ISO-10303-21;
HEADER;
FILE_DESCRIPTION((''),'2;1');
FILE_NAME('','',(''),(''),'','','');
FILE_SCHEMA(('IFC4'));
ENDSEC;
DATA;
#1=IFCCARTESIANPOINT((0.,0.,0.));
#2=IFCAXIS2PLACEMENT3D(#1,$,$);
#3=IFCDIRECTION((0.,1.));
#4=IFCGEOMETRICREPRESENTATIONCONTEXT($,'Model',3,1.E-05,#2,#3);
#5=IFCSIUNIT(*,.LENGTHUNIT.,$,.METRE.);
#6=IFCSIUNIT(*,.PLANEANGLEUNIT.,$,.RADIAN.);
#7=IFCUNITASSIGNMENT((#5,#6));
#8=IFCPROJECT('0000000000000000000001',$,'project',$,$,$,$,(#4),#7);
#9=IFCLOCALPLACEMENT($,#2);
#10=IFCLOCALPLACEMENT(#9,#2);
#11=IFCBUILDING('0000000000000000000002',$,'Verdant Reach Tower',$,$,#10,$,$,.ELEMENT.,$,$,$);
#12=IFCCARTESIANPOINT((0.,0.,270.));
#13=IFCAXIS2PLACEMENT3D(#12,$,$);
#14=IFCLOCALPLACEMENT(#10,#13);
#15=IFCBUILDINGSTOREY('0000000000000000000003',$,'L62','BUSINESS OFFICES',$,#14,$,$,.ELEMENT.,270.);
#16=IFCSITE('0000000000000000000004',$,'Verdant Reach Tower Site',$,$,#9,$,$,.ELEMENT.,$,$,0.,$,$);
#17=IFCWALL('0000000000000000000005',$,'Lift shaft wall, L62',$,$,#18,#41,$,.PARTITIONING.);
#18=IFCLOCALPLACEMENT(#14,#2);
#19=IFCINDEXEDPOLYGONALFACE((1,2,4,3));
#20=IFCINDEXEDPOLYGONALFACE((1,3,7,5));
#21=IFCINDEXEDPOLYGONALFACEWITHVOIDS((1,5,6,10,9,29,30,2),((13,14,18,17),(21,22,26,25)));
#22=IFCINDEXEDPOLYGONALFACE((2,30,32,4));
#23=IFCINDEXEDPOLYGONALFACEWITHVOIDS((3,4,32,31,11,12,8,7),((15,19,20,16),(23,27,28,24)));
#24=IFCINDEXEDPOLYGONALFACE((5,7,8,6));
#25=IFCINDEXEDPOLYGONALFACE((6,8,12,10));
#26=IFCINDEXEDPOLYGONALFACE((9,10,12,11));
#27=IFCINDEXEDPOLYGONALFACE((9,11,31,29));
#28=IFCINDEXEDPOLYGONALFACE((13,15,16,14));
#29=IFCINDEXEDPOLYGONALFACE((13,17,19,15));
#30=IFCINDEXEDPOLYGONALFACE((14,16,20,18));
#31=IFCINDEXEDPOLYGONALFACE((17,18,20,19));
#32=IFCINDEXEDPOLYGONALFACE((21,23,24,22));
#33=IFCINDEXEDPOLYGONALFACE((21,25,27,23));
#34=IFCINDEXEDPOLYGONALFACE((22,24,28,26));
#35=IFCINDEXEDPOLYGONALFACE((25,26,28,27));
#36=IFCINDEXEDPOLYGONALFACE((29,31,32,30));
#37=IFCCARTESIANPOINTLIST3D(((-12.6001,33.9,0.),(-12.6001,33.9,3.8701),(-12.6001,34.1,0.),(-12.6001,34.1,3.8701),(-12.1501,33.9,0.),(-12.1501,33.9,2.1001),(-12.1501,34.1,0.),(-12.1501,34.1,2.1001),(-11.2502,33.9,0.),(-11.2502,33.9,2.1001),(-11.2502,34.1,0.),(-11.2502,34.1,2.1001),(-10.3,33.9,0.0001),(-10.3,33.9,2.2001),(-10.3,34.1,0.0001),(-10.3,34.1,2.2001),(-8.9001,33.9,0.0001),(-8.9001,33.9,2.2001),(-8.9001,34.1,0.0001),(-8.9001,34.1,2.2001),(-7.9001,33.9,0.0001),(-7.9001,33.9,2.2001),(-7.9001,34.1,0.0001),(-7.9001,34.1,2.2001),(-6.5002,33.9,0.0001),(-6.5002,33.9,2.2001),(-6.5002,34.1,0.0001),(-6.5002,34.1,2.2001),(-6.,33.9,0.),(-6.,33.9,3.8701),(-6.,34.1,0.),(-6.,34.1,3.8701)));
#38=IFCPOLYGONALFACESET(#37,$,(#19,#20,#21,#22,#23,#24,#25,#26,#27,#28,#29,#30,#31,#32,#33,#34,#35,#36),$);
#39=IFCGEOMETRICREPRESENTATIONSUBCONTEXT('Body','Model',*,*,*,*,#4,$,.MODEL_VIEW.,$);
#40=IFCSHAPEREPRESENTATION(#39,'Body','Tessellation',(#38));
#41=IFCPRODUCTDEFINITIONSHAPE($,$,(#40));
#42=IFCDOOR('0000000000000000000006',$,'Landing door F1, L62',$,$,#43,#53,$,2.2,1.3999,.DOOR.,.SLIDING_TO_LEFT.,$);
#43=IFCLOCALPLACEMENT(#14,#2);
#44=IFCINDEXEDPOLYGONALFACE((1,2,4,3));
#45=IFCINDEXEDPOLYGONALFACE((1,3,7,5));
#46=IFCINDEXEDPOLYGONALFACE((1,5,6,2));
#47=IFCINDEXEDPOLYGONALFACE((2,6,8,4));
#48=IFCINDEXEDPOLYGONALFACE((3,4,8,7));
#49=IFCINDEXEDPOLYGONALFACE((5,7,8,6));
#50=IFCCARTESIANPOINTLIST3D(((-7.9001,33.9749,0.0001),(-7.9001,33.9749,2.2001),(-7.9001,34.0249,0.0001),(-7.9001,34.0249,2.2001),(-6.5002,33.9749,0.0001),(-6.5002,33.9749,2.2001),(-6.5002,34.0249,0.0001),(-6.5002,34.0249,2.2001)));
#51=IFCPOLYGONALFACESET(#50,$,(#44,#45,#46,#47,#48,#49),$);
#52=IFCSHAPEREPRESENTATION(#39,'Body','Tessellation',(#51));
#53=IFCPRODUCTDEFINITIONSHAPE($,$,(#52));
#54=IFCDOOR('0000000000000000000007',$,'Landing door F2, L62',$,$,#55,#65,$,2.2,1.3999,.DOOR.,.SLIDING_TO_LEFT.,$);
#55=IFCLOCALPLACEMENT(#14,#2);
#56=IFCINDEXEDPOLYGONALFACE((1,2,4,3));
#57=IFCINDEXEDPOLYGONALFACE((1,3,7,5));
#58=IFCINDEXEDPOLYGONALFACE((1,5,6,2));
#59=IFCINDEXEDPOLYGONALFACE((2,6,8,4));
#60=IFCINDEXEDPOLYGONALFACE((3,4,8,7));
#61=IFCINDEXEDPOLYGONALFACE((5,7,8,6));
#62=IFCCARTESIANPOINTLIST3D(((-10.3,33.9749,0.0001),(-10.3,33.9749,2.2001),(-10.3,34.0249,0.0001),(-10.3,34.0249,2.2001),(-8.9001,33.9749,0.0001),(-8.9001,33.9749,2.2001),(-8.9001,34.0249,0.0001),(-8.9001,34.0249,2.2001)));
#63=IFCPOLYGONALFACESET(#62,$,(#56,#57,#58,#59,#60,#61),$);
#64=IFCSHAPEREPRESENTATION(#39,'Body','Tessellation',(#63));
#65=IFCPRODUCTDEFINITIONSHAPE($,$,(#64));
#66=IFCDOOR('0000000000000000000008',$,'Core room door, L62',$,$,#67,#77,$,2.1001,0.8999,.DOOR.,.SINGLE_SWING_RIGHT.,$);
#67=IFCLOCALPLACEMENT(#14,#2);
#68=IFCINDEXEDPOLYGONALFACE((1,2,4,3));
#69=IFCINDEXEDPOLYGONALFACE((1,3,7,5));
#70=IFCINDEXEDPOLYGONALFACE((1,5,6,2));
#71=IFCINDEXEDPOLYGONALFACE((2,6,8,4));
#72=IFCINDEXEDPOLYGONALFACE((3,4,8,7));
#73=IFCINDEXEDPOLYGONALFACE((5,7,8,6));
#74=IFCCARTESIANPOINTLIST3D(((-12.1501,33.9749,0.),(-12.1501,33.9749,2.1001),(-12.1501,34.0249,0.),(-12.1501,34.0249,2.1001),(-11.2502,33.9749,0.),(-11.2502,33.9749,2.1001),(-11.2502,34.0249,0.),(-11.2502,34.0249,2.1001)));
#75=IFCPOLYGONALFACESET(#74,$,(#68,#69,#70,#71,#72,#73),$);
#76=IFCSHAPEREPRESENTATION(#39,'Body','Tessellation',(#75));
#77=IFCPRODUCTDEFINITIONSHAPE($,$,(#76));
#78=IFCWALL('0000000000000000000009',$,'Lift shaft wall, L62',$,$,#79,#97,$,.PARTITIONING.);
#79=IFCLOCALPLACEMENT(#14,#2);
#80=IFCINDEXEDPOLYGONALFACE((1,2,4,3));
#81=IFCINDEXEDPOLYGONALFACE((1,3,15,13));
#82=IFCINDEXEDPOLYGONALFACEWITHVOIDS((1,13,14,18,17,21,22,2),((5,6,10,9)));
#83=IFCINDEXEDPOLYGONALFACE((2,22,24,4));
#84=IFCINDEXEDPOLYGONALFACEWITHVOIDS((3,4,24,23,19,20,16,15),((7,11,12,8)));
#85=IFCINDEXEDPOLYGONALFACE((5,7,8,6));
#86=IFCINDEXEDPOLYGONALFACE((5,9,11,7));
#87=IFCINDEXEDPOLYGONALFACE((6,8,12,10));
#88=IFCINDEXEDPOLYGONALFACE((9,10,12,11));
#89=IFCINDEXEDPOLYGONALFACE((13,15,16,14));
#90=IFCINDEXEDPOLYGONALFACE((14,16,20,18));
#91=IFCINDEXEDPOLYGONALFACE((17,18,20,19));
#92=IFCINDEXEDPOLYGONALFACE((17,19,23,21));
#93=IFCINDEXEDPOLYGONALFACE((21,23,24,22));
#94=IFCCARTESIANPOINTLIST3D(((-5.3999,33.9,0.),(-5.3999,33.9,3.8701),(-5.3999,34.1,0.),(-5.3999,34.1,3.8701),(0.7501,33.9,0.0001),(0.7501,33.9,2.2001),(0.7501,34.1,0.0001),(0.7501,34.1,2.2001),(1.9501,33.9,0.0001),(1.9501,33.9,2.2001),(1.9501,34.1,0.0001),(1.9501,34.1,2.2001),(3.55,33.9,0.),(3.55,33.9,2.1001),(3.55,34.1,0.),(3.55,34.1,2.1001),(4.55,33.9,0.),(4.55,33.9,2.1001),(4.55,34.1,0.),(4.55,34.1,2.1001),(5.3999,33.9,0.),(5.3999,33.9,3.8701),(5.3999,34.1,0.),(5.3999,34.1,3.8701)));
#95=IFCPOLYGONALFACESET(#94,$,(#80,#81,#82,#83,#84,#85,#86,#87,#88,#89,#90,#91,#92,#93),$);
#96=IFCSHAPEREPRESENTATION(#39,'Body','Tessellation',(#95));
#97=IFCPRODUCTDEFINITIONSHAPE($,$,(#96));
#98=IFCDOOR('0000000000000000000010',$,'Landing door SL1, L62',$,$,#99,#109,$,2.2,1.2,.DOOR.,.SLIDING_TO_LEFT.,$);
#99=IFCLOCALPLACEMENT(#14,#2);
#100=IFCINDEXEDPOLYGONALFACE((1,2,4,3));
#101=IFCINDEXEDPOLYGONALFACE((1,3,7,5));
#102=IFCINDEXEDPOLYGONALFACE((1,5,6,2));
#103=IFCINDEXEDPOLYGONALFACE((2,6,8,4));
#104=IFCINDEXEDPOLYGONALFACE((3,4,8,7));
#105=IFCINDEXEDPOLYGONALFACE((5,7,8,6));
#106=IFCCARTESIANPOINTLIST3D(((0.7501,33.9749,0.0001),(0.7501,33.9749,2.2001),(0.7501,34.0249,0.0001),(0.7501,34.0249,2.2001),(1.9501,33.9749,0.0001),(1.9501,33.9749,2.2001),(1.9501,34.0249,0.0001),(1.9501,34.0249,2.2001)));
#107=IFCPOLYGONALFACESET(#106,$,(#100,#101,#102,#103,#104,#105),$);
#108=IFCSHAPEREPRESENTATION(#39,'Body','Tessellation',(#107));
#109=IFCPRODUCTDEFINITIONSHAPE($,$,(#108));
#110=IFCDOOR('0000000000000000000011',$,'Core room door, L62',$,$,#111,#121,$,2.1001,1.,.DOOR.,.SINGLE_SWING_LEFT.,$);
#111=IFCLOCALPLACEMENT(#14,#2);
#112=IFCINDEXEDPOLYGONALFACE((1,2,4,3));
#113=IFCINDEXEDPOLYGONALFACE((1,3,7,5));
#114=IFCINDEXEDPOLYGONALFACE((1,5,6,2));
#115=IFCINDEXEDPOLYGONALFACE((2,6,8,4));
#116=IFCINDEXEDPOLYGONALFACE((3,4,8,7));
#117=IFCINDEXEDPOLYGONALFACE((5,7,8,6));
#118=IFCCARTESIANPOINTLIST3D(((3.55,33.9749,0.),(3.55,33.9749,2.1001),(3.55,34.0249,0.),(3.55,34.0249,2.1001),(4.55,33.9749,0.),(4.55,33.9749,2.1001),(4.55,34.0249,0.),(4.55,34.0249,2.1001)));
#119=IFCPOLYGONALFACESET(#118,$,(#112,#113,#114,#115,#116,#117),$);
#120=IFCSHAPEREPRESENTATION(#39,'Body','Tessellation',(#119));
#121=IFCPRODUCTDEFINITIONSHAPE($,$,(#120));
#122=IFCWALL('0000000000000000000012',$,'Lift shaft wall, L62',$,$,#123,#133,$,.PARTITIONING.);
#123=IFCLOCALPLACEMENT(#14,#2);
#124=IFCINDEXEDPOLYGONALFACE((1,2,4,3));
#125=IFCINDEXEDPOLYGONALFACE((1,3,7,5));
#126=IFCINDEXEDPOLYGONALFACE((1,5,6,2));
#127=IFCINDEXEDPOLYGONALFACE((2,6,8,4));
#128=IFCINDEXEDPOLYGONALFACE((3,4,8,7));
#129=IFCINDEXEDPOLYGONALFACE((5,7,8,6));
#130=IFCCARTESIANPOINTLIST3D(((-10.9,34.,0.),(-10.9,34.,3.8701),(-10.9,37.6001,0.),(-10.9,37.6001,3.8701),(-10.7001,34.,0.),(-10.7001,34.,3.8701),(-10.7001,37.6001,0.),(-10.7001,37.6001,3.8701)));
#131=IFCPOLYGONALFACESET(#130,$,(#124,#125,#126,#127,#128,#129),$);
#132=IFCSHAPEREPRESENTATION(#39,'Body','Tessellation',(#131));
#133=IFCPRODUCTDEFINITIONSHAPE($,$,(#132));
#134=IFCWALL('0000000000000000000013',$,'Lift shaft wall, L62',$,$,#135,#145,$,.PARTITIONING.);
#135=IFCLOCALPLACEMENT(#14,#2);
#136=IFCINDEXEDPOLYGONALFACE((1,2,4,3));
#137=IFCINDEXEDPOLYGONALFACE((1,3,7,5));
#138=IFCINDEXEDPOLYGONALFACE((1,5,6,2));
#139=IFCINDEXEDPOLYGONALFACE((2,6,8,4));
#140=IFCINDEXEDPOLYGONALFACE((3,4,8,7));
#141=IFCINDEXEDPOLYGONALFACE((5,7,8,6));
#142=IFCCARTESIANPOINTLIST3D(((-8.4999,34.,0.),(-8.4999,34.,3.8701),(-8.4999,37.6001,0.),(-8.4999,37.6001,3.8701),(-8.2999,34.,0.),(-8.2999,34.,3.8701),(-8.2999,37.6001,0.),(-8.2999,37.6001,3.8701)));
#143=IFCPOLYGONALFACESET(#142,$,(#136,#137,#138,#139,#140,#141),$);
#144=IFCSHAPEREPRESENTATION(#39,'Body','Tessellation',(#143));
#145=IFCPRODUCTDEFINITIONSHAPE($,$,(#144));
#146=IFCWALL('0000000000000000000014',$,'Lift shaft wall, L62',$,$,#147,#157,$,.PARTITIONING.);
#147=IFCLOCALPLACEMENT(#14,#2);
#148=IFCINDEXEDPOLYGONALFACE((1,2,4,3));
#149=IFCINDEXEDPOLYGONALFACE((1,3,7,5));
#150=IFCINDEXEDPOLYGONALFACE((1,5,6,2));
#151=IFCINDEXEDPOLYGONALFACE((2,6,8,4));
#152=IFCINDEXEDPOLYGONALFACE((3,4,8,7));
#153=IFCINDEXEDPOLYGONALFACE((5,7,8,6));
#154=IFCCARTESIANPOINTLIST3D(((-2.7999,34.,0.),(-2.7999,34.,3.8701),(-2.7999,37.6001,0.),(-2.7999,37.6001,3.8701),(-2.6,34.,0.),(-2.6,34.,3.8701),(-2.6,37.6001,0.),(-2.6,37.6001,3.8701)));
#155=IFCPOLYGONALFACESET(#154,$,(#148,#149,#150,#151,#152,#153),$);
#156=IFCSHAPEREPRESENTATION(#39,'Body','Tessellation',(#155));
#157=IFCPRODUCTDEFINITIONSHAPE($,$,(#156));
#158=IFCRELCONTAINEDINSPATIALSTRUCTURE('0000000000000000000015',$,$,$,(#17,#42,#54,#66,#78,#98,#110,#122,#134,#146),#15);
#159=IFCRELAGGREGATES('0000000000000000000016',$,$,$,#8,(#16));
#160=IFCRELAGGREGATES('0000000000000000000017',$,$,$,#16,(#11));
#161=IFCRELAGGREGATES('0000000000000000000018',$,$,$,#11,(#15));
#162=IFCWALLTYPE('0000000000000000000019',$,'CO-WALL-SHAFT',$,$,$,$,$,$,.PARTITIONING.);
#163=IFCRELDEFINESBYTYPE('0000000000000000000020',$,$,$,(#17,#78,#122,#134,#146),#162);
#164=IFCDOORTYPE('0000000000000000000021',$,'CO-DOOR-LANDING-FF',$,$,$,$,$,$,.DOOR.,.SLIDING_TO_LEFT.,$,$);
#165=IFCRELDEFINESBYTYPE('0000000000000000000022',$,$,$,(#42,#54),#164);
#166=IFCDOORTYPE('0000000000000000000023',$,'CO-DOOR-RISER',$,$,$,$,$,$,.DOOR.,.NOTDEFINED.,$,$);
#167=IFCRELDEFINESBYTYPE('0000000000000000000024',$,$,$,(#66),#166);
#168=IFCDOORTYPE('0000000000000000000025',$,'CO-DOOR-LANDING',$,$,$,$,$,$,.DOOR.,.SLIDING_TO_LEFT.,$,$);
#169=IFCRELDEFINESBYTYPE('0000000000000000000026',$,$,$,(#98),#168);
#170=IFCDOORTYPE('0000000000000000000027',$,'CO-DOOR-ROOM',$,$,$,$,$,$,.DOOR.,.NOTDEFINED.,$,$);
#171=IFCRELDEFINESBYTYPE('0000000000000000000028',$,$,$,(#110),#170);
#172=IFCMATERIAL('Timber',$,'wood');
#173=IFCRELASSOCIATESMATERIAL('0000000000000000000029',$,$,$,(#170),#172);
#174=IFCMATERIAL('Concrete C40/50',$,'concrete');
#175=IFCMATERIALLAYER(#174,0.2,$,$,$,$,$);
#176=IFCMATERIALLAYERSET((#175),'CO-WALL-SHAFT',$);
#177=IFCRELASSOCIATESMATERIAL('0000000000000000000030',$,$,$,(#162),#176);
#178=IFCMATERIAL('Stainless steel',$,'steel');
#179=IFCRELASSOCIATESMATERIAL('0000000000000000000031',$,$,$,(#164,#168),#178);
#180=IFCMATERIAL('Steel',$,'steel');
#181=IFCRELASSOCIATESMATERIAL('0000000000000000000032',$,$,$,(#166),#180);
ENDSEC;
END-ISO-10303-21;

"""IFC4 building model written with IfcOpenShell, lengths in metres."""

from ifc_helpers import new_model, si_unit, direction, frame, frame_2d, origin, place, context, subcontext, project, spatial, rectangle, extrude, material, layer, layer_set, type_object, element, fill, save


model = new_model("IFC4")

# Units and contexts
model_context = context("Model", 3, precision=1e-05, world=origin(), true_north=direction((0.0, 1.0)))
body_context = subcontext(model_context, "Body", "Model", "MODEL_VIEW")
ifc_project = project(units=[si_unit("LENGTHUNIT", "METRE"), si_unit("PLANEANGLEUNIT", "RADIAN")], contexts=[model_context])

# Site, building, storey
site_placement = place(None, origin())
site = spatial("IfcSite", under=ifc_project, at=site_placement, Name="Verdant Reach Tower Site", CompositionType="ELEMENT", RefElevation=0.0)
building_placement = place(site_placement, origin())
building = spatial("IfcBuilding", under=site, at=building_placement, Name="Verdant Reach Tower", CompositionType="ELEMENT")
storey_placement = place(building_placement, frame((0.0, 0.0, 270.0)))
storey = spatial("IfcBuildingStorey", under=building, at=storey_placement, Name="L62", Description="BUSINESS OFFICES", CompositionType="ELEMENT", Elevation=270.0)

# Walls, openings, doors
ifc_material_1 = material(Name="Timber", Category="wood")
door_type_1 = type_object("IfcDoorType", Name="CO-DOOR-ROOM", OperationType="NOTDEFINED", PredefinedType="DOOR", material=ifc_material_1)
ifc_material_2 = material(Name="Concrete C40/50", Category="concrete")
ifc_layer_1 = layer(ifc_material_2, 0.2)
ifc_layer_set_1 = layer_set([ifc_layer_1], Name="CO-WALL-SHAFT")
wall_type_1 = type_object("IfcWallType", Name="CO-WALL-SHAFT", PredefinedType="PARTITIONING", material=ifc_layer_set_1)
wall_1_placement = place(storey_placement, frame((-12.6001, 34.0, 0.0), z_axis=(0.0, 0.0, 1.0), x_axis=(1.0, 0.0, 0.0)))
wall_1 = element("IfcWall", 1, at=wall_1_placement, inside=storey, type_object=wall_type_1, Name="Lift shaft wall, L62", PredefinedType="PARTITIONING", context=body_context, shape_type="SweptSolid", body=[
    extrude(rectangle(XDim=6.6001, YDim=0.2, at=frame_2d((3.3, 0.0))), origin(), (0.0, 0.0, 1.0), 3.8701),
])
opening_1_placement = place(wall_1_placement, frame((4.7, 0.0, 0.0)))
opening_1 = element("IfcOpeningElement", 2, at=opening_1_placement, cuts=wall_1, PredefinedType="OPENING", context=body_context, shape_type="SweptSolid", body=[
    extrude(rectangle(XDim=1.3999, YDim=2.2, at=frame_2d((0.7, 1.1001))), frame((0.0, 0.1099, 0.0), z_axis=(0.0, -1.0, 0.0), x_axis=(1.0, 0.0, 0.0)), (0.0, 0.0, 1.0), 0.22),
])
opening_2_placement = place(wall_1_placement, frame((2.3, 0.0, 0.0)))
opening_2 = element("IfcOpeningElement", 3, at=opening_2_placement, cuts=wall_1, PredefinedType="OPENING", context=body_context, shape_type="SweptSolid", body=[
    extrude(rectangle(XDim=1.3999, YDim=2.2, at=frame_2d((0.7, 1.1001))), frame((0.0, 0.1099, 0.0), z_axis=(0.0, -1.0, 0.0), x_axis=(1.0, 0.0, 0.0)), (0.0, 0.0, 1.0), 0.22),
])
opening_3_placement = place(wall_1_placement, frame((0.45, 0.0, 0.0)))
opening_3 = element("IfcOpeningElement", 4, at=opening_3_placement, cuts=wall_1, PredefinedType="OPENING", context=body_context, shape_type="SweptSolid", body=[
    extrude(rectangle(XDim=0.8999, YDim=2.1001, at=frame_2d((0.45, 1.05))), frame((0.0, 0.1099, 0.0), z_axis=(0.0, -1.0, 0.0), x_axis=(1.0, 0.0, 0.0)), (0.0, 0.0, 1.0), 0.22),
])
ifc_material_3 = material(Name="Stainless steel", Category="steel")
door_type_2 = type_object("IfcDoorType", Name="CO-DOOR-LANDING-FF", OperationType="SLIDING_TO_LEFT", PredefinedType="DOOR", material=ifc_material_3)
door_1_placement = place(opening_1_placement, origin())
door_1 = element("IfcDoor", 5, at=door_1_placement, inside=storey, type_object=door_type_2, Name="Landing door F1, L62", OperationType="SLIDING_TO_LEFT", OverallHeight=2.2, OverallWidth=1.3999, PredefinedType="DOOR", context=body_context, shape_type="SweptSolid", body=[
    extrude(rectangle(XDim=1.3999, YDim=2.2, at=frame_2d((0.7, 1.1001))), frame((0.0, 0.0249, 0.0), z_axis=(0.0, -1.0, 0.0), x_axis=(1.0, 0.0, 0.0)), (0.0, 0.0, 1.0), 0.05),
])
fill(opening_1, door_1)
door_2_placement = place(opening_2_placement, origin())
door_2 = element("IfcDoor", 6, at=door_2_placement, inside=storey, type_object=door_type_2, Name="Landing door F2, L62", OperationType="SLIDING_TO_LEFT", OverallHeight=2.2, OverallWidth=1.3999, PredefinedType="DOOR", context=body_context, shape_type="SweptSolid", body=[
    extrude(rectangle(XDim=1.3999, YDim=2.2, at=frame_2d((0.7, 1.1001))), frame((0.0, 0.0249, 0.0), z_axis=(0.0, -1.0, 0.0), x_axis=(1.0, 0.0, 0.0)), (0.0, 0.0, 1.0), 0.05),
])
fill(opening_2, door_2)
ifc_material_4 = material(Name="Steel", Category="steel")
door_type_3 = type_object("IfcDoorType", Name="CO-DOOR-RISER", OperationType="NOTDEFINED", PredefinedType="DOOR", material=ifc_material_4)
door_3_placement = place(opening_3_placement, origin())
door_3 = element("IfcDoor", 7, at=door_3_placement, inside=storey, type_object=door_type_3, Name="Core room door, L62", OperationType="SINGLE_SWING_RIGHT", OverallHeight=2.1001, OverallWidth=0.8999, PredefinedType="DOOR", context=body_context, shape_type="SweptSolid", body=[
    extrude(rectangle(XDim=0.8999, YDim=2.1001, at=frame_2d((0.45, 1.05))), frame((0.0, 0.0249, 0.0), z_axis=(0.0, -1.0, 0.0), x_axis=(1.0, 0.0, 0.0)), (0.0, 0.0, 1.0), 0.05),
])
fill(opening_3, door_3)
wall_2_placement = place(storey_placement, frame((-5.3999, 34.0, 0.0), z_axis=(0.0, 0.0, 1.0), x_axis=(1.0, 0.0, 0.0)))
wall_2 = element("IfcWall", 8, at=wall_2_placement, inside=storey, type_object=wall_type_1, Name="Lift shaft wall, L62", PredefinedType="PARTITIONING", context=body_context, shape_type="SweptSolid", body=[
    extrude(rectangle(XDim=10.7998, YDim=0.2, at=frame_2d((5.3999, 0.0))), origin(), (0.0, 0.0, 1.0), 3.8701),
])
opening_4_placement = place(wall_2_placement, frame((6.1499, 0.0, 0.0)))
opening_4 = element("IfcOpeningElement", 9, at=opening_4_placement, cuts=wall_2, PredefinedType="OPENING", context=body_context, shape_type="SweptSolid", body=[
    extrude(rectangle(XDim=1.2, YDim=2.2, at=frame_2d((0.6001, 1.1001))), frame((0.0, 0.1099, 0.0), z_axis=(0.0, -1.0, 0.0), x_axis=(1.0, 0.0, 0.0)), (0.0, 0.0, 1.0), 0.22),
])
opening_5_placement = place(wall_2_placement, frame((8.95, 0.0, 0.0)))
opening_5 = element("IfcOpeningElement", 10, at=opening_5_placement, cuts=wall_2, PredefinedType="OPENING", context=body_context, shape_type="SweptSolid", body=[
    extrude(rectangle(XDim=1.0, YDim=2.1001, at=frame_2d((0.5, 1.05))), frame((0.0, 0.1099, 0.0), z_axis=(0.0, -1.0, 0.0), x_axis=(1.0, 0.0, 0.0)), (0.0, 0.0, 1.0), 0.22),
])
door_type_4 = type_object("IfcDoorType", Name="CO-DOOR-LANDING", OperationType="SLIDING_TO_LEFT", PredefinedType="DOOR", material=ifc_material_3)
door_4_placement = place(opening_4_placement, origin())
door_4 = element("IfcDoor", 11, at=door_4_placement, inside=storey, type_object=door_type_4, Name="Landing door SL1, L62", OperationType="SLIDING_TO_LEFT", OverallHeight=2.2, OverallWidth=1.2, PredefinedType="DOOR", context=body_context, shape_type="SweptSolid", body=[
    extrude(rectangle(XDim=1.2, YDim=2.2, at=frame_2d((0.6001, 1.1001))), frame((0.0, 0.0249, 0.0), z_axis=(0.0, -1.0, 0.0), x_axis=(1.0, 0.0, 0.0)), (0.0, 0.0, 1.0), 0.05),
])
fill(opening_4, door_4)
door_5_placement = place(opening_5_placement, origin())
door_5 = element("IfcDoor", 12, at=door_5_placement, inside=storey, type_object=door_type_1, Name="Core room door, L62", OperationType="SINGLE_SWING_LEFT", OverallHeight=2.1001, OverallWidth=1.0, PredefinedType="DOOR", context=body_context, shape_type="SweptSolid", body=[
    extrude(rectangle(XDim=1.0, YDim=2.1001, at=frame_2d((0.5, 1.05))), frame((0.0, 0.0249, 0.0), z_axis=(0.0, -1.0, 0.0), x_axis=(1.0, 0.0, 0.0)), (0.0, 0.0, 1.0), 0.05),
])
fill(opening_5, door_5)

# Walls
for number, where, z_axis, x_axis, name in (
    (13, (-10.8, 34.0, 0.0), (0.0, 0.0, 1.0), (0.0, 1.0, 0.0), "Lift shaft wall, L62"),
    (14, (-8.3999, 34.0, 0.0), (0.0, 0.0, 1.0), (0.0, 1.0, 0.0), "Lift shaft wall, L62"),
    (15, (-2.7, 34.0, 0.0), (0.0, 0.0, 1.0), (0.0, 1.0, 0.0), "Lift shaft wall, L62"),
):
    element("IfcWall", number, at=place(storey_placement, frame(where, z_axis=z_axis, x_axis=x_axis)), inside=storey, type_object=wall_type_1, Name=name, PredefinedType="PARTITIONING", context=body_context, shape_type="SweptSolid", body=[
        extrude(rectangle(XDim=3.6001, YDim=0.2, at=frame_2d((1.8, 0.0))), origin(), (0.0, 0.0, 1.0), 3.8701),
    ])

save(model, "model.ifc")
